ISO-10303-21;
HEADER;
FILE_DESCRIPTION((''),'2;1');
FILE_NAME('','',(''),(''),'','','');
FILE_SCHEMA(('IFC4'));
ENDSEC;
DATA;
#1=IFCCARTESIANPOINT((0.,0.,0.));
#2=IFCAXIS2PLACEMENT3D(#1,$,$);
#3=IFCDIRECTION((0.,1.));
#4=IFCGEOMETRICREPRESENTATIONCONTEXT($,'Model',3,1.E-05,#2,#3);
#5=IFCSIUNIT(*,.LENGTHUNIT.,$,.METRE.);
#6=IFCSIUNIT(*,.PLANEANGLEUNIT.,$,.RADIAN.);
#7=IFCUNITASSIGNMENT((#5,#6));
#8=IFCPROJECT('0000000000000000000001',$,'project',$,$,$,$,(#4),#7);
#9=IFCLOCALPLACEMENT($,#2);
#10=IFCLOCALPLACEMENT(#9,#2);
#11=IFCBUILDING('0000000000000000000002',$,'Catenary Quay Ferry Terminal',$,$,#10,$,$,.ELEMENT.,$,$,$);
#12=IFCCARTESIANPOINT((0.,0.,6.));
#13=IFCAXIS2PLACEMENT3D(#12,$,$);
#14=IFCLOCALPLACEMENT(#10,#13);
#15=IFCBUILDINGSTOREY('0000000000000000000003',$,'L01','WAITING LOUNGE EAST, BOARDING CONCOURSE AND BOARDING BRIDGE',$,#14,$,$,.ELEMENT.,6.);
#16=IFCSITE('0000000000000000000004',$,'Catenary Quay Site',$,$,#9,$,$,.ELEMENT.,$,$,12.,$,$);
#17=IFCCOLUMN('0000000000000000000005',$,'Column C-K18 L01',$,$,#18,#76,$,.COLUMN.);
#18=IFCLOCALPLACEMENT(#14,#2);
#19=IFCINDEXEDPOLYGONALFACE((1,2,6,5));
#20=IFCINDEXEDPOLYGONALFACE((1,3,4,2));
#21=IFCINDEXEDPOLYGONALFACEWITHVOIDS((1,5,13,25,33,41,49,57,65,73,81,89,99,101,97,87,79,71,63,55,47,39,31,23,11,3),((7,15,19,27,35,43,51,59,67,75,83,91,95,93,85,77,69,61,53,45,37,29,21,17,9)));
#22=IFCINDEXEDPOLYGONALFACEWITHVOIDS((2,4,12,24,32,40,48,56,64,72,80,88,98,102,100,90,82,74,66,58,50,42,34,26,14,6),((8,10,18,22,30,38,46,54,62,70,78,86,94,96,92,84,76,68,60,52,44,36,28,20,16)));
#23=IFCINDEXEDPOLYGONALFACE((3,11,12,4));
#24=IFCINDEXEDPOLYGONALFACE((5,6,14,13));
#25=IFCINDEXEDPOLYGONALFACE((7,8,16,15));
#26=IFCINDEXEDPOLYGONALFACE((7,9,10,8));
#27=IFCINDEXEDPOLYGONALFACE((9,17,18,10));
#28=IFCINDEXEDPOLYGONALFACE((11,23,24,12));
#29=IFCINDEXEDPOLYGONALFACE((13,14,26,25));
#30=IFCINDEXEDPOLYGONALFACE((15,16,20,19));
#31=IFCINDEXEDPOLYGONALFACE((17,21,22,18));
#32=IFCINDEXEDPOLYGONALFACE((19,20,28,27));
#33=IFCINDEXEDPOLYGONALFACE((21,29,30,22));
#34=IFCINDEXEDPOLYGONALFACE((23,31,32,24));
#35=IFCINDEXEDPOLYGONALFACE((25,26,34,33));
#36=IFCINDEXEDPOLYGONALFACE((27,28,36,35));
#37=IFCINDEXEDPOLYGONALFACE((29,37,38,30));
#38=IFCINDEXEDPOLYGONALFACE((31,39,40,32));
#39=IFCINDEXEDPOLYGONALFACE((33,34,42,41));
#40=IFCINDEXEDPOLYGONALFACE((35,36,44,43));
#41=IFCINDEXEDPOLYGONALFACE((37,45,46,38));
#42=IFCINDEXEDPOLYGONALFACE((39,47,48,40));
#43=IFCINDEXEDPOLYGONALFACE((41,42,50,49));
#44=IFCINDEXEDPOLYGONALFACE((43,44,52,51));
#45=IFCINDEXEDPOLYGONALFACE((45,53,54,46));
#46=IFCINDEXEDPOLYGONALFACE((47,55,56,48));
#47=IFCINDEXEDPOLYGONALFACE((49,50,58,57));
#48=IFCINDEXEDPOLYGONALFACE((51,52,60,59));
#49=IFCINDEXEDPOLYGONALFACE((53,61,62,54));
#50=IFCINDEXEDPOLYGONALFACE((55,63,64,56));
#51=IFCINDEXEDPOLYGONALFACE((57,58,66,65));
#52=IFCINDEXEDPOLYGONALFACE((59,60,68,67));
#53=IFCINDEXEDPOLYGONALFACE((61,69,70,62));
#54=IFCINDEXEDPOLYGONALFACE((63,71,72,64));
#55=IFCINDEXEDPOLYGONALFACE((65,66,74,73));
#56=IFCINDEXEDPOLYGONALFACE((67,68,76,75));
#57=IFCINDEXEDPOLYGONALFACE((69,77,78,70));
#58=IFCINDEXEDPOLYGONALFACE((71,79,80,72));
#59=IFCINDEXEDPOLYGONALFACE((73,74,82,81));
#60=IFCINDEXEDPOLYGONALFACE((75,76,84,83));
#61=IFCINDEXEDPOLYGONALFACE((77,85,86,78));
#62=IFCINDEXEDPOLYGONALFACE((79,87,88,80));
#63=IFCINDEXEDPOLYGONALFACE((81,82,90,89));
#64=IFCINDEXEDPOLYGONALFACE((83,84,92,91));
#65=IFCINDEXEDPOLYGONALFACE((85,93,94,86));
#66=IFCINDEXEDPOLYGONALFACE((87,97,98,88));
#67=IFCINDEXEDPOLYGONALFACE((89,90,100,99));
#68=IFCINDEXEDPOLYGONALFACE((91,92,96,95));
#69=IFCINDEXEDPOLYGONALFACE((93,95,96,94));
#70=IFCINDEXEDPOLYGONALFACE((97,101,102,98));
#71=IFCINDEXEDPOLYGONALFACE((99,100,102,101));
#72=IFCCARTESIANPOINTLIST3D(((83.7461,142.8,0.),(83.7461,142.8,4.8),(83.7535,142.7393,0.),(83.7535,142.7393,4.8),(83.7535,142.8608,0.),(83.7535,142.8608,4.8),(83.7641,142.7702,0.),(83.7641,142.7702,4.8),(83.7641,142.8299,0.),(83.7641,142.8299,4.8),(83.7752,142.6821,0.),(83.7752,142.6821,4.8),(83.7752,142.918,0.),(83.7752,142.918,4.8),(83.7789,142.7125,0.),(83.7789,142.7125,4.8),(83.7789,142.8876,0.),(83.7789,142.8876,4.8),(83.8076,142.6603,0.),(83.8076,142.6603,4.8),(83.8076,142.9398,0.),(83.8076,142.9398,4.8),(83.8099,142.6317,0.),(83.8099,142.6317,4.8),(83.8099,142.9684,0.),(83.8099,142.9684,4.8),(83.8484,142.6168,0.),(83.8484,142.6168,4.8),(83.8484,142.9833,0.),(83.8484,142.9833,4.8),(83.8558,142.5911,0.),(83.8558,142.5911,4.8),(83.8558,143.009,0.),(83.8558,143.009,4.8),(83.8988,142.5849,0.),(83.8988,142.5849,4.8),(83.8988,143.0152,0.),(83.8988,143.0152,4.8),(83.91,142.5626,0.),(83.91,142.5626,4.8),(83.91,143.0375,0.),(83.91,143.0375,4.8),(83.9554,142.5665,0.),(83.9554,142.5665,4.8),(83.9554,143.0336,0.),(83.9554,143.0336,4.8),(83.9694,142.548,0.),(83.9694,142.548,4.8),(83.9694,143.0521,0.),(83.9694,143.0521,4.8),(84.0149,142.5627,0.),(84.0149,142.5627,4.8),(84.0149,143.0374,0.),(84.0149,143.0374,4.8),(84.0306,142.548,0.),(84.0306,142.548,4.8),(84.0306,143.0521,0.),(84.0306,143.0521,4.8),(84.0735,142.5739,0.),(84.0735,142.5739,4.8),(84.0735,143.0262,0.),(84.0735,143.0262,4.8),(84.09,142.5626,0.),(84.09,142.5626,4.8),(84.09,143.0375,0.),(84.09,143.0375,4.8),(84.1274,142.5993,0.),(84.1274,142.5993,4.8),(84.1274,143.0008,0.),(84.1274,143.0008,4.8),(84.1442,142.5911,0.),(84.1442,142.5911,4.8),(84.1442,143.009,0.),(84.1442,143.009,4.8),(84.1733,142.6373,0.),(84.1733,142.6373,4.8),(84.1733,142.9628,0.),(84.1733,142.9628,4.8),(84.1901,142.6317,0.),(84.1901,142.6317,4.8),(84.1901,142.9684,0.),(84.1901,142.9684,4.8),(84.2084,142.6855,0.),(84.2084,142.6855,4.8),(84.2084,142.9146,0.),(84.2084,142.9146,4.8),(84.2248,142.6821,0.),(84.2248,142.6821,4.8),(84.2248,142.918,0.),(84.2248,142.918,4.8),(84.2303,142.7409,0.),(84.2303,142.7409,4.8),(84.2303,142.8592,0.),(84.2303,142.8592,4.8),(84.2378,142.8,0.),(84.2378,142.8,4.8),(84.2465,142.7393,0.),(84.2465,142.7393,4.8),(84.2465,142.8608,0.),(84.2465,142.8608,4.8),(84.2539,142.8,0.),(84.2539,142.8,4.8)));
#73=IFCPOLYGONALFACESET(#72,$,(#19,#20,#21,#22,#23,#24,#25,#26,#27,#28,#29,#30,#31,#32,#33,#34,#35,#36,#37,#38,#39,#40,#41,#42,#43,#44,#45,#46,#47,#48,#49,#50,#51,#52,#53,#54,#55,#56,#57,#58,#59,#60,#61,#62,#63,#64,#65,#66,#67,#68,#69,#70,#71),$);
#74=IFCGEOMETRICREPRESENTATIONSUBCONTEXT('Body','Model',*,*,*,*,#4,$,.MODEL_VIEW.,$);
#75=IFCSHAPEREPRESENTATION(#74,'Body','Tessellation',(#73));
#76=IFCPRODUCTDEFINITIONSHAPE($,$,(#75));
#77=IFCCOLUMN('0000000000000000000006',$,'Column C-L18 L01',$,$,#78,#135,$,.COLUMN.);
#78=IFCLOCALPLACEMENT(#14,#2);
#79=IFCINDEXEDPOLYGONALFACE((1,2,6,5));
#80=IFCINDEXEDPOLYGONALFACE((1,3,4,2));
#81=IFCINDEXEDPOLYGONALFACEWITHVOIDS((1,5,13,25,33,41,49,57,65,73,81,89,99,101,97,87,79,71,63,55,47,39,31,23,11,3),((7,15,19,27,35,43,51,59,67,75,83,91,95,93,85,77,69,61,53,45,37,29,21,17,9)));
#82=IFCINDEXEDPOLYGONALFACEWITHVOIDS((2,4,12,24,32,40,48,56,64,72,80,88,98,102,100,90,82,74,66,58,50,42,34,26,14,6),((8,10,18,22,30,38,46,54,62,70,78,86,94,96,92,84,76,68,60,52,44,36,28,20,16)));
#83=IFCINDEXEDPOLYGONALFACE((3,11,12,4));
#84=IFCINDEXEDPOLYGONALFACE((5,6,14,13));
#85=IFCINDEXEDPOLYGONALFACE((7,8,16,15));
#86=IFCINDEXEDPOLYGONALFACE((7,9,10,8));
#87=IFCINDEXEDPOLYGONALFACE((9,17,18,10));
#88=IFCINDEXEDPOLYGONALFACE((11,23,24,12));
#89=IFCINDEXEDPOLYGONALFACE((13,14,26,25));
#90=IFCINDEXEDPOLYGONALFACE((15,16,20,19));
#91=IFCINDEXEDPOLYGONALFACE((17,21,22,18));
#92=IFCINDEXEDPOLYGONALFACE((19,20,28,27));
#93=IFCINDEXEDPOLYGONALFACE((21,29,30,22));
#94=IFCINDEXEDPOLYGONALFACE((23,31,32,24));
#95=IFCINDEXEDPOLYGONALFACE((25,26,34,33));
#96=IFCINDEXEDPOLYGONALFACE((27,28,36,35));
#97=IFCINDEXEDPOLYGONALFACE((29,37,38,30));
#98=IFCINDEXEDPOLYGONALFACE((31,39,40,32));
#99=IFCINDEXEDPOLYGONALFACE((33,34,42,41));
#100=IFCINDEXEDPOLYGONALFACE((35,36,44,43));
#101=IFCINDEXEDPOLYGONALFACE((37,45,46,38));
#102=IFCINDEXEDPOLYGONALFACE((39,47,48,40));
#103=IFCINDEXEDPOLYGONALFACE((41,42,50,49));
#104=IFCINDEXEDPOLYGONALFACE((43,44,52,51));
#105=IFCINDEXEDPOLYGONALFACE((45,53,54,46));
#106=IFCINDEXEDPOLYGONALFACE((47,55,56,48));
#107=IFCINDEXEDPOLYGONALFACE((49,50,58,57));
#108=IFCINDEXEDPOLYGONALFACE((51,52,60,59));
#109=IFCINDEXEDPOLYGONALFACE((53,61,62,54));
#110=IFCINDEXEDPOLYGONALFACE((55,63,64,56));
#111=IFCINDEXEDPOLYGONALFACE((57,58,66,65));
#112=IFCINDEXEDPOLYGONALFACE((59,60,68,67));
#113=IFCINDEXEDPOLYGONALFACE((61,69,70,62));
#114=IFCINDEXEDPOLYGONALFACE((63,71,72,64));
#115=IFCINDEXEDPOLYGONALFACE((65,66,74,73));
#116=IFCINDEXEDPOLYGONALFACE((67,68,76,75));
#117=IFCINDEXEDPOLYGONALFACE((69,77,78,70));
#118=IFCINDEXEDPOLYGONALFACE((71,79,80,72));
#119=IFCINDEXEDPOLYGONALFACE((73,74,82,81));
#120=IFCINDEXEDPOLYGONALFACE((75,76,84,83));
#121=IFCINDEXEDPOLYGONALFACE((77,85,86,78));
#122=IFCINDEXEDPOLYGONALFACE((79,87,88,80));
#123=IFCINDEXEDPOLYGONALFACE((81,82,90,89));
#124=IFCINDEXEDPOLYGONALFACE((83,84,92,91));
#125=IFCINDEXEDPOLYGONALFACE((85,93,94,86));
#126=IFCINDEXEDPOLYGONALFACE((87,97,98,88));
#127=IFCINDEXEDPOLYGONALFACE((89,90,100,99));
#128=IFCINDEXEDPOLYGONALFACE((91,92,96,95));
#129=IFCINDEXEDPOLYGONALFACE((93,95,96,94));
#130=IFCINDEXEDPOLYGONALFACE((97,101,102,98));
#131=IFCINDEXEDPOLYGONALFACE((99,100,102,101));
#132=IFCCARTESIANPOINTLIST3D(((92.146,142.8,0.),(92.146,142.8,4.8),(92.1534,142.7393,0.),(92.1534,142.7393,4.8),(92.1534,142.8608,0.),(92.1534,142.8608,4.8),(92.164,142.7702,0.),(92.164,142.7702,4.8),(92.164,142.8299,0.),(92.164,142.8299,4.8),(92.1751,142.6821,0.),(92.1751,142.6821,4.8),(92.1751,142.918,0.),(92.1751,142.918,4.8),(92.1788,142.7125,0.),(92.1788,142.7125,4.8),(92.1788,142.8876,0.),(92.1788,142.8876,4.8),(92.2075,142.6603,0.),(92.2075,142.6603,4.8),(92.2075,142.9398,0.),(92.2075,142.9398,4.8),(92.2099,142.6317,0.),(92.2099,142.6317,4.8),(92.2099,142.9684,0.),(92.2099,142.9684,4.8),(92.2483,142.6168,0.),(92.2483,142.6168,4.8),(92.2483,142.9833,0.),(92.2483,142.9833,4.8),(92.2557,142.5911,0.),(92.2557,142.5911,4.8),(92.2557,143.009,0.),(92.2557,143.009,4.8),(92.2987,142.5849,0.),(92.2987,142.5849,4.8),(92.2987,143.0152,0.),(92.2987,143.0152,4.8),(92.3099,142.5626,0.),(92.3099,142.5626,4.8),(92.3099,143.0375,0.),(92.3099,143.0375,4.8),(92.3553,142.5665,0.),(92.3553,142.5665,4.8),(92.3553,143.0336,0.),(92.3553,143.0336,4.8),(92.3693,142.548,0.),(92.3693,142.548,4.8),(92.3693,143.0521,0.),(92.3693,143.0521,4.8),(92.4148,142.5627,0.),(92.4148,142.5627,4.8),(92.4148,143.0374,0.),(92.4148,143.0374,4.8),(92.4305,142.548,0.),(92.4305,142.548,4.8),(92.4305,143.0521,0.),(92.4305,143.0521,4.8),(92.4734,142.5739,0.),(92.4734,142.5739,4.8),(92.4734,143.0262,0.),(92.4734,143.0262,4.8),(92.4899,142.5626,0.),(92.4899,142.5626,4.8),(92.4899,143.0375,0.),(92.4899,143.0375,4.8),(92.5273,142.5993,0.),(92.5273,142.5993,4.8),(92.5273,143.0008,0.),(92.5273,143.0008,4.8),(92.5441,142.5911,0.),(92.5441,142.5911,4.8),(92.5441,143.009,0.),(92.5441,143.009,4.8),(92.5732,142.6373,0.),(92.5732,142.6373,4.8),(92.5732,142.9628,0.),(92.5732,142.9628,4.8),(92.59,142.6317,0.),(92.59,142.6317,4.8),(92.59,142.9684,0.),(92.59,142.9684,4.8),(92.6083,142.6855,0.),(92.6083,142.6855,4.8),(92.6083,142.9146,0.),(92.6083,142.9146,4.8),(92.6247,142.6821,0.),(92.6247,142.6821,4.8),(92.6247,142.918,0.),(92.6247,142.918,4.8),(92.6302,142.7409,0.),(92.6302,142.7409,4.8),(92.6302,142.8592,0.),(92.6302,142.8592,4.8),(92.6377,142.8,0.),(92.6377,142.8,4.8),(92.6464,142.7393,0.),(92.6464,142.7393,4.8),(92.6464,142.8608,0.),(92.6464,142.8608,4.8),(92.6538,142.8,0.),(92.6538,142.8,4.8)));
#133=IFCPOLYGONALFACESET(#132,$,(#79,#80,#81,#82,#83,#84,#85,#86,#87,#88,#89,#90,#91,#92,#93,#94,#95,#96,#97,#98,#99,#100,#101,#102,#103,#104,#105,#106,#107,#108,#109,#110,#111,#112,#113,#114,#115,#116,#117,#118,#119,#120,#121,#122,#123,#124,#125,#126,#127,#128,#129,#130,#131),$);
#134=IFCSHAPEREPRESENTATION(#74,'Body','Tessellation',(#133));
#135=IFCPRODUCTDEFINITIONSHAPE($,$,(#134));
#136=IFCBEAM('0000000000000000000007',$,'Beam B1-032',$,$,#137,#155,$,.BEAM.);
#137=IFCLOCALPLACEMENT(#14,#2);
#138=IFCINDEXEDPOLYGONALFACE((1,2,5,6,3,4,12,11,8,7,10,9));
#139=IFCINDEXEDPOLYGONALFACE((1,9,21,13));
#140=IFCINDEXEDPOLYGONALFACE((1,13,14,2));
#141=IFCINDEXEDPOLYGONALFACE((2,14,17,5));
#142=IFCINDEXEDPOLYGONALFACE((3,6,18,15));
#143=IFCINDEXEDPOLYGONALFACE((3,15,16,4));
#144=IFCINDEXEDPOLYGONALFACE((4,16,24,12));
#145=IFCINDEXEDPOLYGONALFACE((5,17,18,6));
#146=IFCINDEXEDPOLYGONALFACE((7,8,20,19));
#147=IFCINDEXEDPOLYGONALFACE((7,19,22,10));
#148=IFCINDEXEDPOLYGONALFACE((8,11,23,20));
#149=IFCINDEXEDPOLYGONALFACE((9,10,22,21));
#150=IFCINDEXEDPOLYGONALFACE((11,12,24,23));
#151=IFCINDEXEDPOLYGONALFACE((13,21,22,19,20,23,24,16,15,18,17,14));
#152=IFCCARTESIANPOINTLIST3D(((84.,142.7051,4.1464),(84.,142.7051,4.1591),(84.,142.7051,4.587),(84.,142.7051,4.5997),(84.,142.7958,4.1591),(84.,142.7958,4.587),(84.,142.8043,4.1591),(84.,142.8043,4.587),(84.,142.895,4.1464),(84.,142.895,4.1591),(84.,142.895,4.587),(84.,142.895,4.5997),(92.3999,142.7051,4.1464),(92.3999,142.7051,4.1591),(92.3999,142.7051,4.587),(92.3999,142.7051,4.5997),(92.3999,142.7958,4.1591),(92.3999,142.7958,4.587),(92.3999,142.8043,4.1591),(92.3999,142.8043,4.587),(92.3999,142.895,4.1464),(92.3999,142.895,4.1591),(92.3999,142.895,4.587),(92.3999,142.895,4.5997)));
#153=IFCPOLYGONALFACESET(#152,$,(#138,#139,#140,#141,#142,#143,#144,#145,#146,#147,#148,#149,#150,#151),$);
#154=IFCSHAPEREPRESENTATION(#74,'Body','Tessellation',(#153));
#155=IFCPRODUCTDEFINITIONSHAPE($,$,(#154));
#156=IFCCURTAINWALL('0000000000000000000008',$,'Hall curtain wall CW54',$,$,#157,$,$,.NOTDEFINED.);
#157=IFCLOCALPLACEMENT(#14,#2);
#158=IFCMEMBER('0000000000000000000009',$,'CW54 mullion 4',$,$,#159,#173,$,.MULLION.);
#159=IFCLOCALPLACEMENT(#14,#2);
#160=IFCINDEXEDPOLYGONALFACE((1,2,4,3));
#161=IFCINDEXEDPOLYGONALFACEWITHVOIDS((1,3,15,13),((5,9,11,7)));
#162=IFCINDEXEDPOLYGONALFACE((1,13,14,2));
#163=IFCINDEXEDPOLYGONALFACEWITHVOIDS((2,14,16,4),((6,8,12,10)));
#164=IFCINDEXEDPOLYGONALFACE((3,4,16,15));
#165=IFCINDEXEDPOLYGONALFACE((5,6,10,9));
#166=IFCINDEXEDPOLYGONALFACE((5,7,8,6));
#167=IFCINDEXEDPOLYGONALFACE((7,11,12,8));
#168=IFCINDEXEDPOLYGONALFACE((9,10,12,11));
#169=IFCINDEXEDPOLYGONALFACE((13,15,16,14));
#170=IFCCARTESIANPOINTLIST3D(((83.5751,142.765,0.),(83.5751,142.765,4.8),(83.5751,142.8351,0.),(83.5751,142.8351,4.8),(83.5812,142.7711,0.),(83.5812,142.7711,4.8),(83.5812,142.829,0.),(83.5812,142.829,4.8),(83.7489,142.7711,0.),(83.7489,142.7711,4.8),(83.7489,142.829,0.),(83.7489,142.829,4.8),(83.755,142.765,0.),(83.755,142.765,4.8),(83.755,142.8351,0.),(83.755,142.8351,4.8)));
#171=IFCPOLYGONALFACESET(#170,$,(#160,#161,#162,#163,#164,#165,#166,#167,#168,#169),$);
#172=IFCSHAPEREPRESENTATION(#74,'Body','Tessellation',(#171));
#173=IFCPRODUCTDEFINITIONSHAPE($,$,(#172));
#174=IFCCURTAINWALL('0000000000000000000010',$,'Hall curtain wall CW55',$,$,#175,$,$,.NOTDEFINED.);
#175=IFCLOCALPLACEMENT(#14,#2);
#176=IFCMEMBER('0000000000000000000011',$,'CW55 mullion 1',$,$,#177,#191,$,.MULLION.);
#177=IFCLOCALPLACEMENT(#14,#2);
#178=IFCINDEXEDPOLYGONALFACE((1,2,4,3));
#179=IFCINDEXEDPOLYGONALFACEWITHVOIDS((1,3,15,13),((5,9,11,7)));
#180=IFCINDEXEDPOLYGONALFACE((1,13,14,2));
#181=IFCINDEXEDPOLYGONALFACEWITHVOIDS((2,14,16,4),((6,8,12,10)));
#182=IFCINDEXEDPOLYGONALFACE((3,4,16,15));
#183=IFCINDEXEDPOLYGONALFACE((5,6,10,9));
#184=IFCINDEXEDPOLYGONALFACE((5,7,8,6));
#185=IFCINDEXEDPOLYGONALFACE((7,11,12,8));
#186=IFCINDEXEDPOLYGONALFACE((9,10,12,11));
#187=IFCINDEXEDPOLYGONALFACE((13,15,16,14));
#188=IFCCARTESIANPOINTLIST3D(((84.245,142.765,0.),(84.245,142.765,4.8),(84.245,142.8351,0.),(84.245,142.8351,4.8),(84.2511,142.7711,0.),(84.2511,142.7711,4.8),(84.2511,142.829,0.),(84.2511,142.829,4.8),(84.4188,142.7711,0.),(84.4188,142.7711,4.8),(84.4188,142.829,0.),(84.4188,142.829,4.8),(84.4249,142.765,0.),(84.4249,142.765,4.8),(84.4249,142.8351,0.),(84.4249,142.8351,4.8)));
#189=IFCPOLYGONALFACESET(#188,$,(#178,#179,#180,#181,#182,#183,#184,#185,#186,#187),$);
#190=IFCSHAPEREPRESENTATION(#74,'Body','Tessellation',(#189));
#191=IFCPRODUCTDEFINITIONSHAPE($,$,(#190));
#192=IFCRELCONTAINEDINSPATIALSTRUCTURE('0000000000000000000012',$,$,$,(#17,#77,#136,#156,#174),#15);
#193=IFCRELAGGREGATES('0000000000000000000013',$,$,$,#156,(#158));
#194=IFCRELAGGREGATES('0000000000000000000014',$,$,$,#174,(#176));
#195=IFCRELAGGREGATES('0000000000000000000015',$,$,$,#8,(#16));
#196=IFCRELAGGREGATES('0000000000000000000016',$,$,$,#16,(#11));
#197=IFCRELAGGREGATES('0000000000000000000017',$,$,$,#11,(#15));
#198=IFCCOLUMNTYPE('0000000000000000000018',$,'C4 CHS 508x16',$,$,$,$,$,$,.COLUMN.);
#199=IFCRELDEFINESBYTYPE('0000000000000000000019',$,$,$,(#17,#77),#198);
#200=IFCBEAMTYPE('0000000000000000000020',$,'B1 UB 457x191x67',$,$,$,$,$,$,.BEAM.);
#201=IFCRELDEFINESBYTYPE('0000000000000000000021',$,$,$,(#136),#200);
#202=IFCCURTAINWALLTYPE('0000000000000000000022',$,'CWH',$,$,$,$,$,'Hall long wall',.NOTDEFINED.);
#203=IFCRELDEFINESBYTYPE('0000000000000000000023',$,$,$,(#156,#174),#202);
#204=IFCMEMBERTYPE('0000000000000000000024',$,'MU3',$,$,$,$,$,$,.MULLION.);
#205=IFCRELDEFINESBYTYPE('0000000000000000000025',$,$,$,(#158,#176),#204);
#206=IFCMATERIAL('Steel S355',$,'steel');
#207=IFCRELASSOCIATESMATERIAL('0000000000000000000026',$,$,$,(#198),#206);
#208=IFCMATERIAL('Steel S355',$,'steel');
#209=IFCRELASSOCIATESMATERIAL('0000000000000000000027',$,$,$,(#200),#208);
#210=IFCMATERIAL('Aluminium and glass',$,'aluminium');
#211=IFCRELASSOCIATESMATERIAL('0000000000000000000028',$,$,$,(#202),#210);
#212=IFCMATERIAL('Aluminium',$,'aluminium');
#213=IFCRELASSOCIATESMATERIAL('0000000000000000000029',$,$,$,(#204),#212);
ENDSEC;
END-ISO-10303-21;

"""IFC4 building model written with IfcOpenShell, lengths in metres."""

from ifc_helpers import new_model, si_unit, direction, frame, origin, origin_2d, place, context, subcontext, project, spatial, hollow_rectangle, hollow_circle, i_section, extrude, material, material_profile, profile_set, type_object, element, aggregate, save


model = new_model("IFC4")

# Units and contexts
model_context = context("Model", 3, precision=1e-05, world=origin(), true_north=direction((0.0, 1.0)))
body_context = subcontext(model_context, "Body", "Model", "MODEL_VIEW")
ifc_project = project(units=[si_unit("LENGTHUNIT", "METRE"), si_unit("PLANEANGLEUNIT", "RADIAN")], contexts=[model_context])

# Site, building, storey
site_placement = place(None, origin())
site = spatial("IfcSite", under=ifc_project, at=site_placement, Name="Catenary Quay Site", CompositionType="ELEMENT", RefElevation=12.0)
building_placement = place(site_placement, origin())
building = spatial("IfcBuilding", under=site, at=building_placement, Name="Catenary Quay Ferry Terminal", CompositionType="ELEMENT")
storey_placement = place(building_placement, frame((0.0, 0.0, 6.0)))
storey = spatial("IfcBuildingStorey", under=building, at=storey_placement, Name="L01", Description="WAITING LOUNGE EAST, BOARDING CONCOURSE AND BOARDING BRIDGE", CompositionType="ELEMENT", Elevation=6.0)

# Columns
ifc_material_1 = material(Name="Steel S355", Category="steel")
ifc_material_profile_1 = material_profile(ifc_material_1, hollow_circle(Radius=0.2539, WallThickness=0.0161, at=origin_2d()), Name="CHS 508x16")
ifc_profile_set_1 = profile_set([ifc_material_profile_1], Name="Steel S355")
column_type = type_object("IfcColumnType", Name="C4 CHS 508x16", PredefinedType="COLUMN", material=ifc_profile_set_1)
for number, where, z_axis, x_axis, name in (
    (1, (84.0, 142.8, 0.0), (0.0, 0.0, 1.0), (1.0, 0.0, 0.0), "Column C-K18 L01"),
    (2, (92.3999, 142.8, 0.0), (0.0, 0.0, 1.0), (1.0, 0.0, 0.0), "Column C-L18 L01"),
):
    element("IfcColumn", number, at=place(storey_placement, frame(where, z_axis=z_axis, x_axis=x_axis)), inside=storey, type_object=column_type, Name=name, PredefinedType="COLUMN", context=body_context, shape_type="SweptSolid", body=[
        extrude(hollow_circle(Radius=0.2539, WallThickness=0.0161, at=origin_2d()), origin(), (0.0, 0.0, 1.0), 4.8),
    ])

# Beam
ifc_material_2 = material(Name="Steel S355", Category="steel")
ifc_material_profile_2 = material_profile(ifc_material_2, i_section(OverallWidth=0.1899, OverallDepth=0.4534, WebThickness=0.0085, FlangeThickness=0.0127, at=origin_2d()), Name="UB 457x191x67")
ifc_profile_set_2 = profile_set([ifc_material_profile_2], Name="Steel S355")
beam_type = type_object("IfcBeamType", Name="B1 UB 457x191x67", PredefinedType="BEAM", material=ifc_profile_set_2)
beam_placement = place(storey_placement, frame((84.0, 142.8, 4.373), z_axis=(1.0, 0.0, 0.0), x_axis=(0.0, 1.0, 0.0)))
element("IfcBeam", 3, at=beam_placement, inside=storey, type_object=beam_type, Name="Beam B1-032", PredefinedType="BEAM", context=body_context, shape_type="SweptSolid", body=[
    extrude(i_section(OverallWidth=0.1899, OverallDepth=0.4534, WebThickness=0.0085, FlangeThickness=0.0127, at=origin_2d()), origin(), (0.0, 0.0, 1.0), 8.3999),
])

# Curtain wall, member
ifc_material_3 = material(Name="Aluminium and glass", Category="aluminium")
curtain_wall_type = type_object("IfcCurtainWallType", Name="CWH", ElementType="Hall long wall", PredefinedType="NOTDEFINED", material=ifc_material_3)
curtain_wall_1_placement = place(storey_placement, origin())
curtain_wall_1 = element("IfcCurtainWall", 4, at=curtain_wall_1_placement, inside=storey, type_object=curtain_wall_type, Name="Hall curtain wall CW54", PredefinedType="NOTDEFINED")
ifc_material_4 = material(Name="Aluminium", Category="aluminium")
ifc_material_profile_3 = material_profile(ifc_material_4, hollow_rectangle(XDim=0.0701, YDim=0.1799, WallThickness=0.0061, at=origin_2d()), Name="MU3")
ifc_profile_set_3 = profile_set([ifc_material_profile_3], Name="Aluminium")
member_type_1 = type_object("IfcMemberType", Name="MU3", PredefinedType="MULLION", material=ifc_profile_set_3)
member_1_placement = place(storey_placement, frame((83.665, 142.8, 0.0), z_axis=(0.0, 0.0, 1.0), x_axis=(0.0, 1.0, 0.0)))
member_1 = element("IfcMember", 5, at=member_1_placement, type_object=member_type_1, Name="CW54 mullion 4", PredefinedType="MULLION", context=body_context, shape_type="SweptSolid", body=[
    extrude(hollow_rectangle(XDim=0.0701, YDim=0.1799, WallThickness=0.0061, at=origin_2d()), origin(), (0.0, 0.0, 1.0), 4.8),
])

# Curtain wall, member
curtain_wall_2_placement = place(storey_placement, origin())
curtain_wall_2 = element("IfcCurtainWall", 6, at=curtain_wall_2_placement, inside=storey, type_object=curtain_wall_type, Name="Hall curtain wall CW55", PredefinedType="NOTDEFINED")
member_2_placement = place(storey_placement, frame((84.335, 142.8, 0.0), z_axis=(0.0, 0.0, 1.0), x_axis=(0.0, 1.0, 0.0)))
member_2 = element("IfcMember", 7, at=member_2_placement, type_object=member_type_1, Name="CW55 mullion 1", PredefinedType="MULLION", context=body_context, shape_type="SweptSolid", body=[
    extrude(hollow_rectangle(XDim=0.0701, YDim=0.1799, WallThickness=0.0061, at=origin_2d()), origin(), (0.0, 0.0, 1.0), 4.8),
])

aggregate(curtain_wall_1, [member_1])
aggregate(curtain_wall_2, [member_2])

save(model, "model.ifc")
